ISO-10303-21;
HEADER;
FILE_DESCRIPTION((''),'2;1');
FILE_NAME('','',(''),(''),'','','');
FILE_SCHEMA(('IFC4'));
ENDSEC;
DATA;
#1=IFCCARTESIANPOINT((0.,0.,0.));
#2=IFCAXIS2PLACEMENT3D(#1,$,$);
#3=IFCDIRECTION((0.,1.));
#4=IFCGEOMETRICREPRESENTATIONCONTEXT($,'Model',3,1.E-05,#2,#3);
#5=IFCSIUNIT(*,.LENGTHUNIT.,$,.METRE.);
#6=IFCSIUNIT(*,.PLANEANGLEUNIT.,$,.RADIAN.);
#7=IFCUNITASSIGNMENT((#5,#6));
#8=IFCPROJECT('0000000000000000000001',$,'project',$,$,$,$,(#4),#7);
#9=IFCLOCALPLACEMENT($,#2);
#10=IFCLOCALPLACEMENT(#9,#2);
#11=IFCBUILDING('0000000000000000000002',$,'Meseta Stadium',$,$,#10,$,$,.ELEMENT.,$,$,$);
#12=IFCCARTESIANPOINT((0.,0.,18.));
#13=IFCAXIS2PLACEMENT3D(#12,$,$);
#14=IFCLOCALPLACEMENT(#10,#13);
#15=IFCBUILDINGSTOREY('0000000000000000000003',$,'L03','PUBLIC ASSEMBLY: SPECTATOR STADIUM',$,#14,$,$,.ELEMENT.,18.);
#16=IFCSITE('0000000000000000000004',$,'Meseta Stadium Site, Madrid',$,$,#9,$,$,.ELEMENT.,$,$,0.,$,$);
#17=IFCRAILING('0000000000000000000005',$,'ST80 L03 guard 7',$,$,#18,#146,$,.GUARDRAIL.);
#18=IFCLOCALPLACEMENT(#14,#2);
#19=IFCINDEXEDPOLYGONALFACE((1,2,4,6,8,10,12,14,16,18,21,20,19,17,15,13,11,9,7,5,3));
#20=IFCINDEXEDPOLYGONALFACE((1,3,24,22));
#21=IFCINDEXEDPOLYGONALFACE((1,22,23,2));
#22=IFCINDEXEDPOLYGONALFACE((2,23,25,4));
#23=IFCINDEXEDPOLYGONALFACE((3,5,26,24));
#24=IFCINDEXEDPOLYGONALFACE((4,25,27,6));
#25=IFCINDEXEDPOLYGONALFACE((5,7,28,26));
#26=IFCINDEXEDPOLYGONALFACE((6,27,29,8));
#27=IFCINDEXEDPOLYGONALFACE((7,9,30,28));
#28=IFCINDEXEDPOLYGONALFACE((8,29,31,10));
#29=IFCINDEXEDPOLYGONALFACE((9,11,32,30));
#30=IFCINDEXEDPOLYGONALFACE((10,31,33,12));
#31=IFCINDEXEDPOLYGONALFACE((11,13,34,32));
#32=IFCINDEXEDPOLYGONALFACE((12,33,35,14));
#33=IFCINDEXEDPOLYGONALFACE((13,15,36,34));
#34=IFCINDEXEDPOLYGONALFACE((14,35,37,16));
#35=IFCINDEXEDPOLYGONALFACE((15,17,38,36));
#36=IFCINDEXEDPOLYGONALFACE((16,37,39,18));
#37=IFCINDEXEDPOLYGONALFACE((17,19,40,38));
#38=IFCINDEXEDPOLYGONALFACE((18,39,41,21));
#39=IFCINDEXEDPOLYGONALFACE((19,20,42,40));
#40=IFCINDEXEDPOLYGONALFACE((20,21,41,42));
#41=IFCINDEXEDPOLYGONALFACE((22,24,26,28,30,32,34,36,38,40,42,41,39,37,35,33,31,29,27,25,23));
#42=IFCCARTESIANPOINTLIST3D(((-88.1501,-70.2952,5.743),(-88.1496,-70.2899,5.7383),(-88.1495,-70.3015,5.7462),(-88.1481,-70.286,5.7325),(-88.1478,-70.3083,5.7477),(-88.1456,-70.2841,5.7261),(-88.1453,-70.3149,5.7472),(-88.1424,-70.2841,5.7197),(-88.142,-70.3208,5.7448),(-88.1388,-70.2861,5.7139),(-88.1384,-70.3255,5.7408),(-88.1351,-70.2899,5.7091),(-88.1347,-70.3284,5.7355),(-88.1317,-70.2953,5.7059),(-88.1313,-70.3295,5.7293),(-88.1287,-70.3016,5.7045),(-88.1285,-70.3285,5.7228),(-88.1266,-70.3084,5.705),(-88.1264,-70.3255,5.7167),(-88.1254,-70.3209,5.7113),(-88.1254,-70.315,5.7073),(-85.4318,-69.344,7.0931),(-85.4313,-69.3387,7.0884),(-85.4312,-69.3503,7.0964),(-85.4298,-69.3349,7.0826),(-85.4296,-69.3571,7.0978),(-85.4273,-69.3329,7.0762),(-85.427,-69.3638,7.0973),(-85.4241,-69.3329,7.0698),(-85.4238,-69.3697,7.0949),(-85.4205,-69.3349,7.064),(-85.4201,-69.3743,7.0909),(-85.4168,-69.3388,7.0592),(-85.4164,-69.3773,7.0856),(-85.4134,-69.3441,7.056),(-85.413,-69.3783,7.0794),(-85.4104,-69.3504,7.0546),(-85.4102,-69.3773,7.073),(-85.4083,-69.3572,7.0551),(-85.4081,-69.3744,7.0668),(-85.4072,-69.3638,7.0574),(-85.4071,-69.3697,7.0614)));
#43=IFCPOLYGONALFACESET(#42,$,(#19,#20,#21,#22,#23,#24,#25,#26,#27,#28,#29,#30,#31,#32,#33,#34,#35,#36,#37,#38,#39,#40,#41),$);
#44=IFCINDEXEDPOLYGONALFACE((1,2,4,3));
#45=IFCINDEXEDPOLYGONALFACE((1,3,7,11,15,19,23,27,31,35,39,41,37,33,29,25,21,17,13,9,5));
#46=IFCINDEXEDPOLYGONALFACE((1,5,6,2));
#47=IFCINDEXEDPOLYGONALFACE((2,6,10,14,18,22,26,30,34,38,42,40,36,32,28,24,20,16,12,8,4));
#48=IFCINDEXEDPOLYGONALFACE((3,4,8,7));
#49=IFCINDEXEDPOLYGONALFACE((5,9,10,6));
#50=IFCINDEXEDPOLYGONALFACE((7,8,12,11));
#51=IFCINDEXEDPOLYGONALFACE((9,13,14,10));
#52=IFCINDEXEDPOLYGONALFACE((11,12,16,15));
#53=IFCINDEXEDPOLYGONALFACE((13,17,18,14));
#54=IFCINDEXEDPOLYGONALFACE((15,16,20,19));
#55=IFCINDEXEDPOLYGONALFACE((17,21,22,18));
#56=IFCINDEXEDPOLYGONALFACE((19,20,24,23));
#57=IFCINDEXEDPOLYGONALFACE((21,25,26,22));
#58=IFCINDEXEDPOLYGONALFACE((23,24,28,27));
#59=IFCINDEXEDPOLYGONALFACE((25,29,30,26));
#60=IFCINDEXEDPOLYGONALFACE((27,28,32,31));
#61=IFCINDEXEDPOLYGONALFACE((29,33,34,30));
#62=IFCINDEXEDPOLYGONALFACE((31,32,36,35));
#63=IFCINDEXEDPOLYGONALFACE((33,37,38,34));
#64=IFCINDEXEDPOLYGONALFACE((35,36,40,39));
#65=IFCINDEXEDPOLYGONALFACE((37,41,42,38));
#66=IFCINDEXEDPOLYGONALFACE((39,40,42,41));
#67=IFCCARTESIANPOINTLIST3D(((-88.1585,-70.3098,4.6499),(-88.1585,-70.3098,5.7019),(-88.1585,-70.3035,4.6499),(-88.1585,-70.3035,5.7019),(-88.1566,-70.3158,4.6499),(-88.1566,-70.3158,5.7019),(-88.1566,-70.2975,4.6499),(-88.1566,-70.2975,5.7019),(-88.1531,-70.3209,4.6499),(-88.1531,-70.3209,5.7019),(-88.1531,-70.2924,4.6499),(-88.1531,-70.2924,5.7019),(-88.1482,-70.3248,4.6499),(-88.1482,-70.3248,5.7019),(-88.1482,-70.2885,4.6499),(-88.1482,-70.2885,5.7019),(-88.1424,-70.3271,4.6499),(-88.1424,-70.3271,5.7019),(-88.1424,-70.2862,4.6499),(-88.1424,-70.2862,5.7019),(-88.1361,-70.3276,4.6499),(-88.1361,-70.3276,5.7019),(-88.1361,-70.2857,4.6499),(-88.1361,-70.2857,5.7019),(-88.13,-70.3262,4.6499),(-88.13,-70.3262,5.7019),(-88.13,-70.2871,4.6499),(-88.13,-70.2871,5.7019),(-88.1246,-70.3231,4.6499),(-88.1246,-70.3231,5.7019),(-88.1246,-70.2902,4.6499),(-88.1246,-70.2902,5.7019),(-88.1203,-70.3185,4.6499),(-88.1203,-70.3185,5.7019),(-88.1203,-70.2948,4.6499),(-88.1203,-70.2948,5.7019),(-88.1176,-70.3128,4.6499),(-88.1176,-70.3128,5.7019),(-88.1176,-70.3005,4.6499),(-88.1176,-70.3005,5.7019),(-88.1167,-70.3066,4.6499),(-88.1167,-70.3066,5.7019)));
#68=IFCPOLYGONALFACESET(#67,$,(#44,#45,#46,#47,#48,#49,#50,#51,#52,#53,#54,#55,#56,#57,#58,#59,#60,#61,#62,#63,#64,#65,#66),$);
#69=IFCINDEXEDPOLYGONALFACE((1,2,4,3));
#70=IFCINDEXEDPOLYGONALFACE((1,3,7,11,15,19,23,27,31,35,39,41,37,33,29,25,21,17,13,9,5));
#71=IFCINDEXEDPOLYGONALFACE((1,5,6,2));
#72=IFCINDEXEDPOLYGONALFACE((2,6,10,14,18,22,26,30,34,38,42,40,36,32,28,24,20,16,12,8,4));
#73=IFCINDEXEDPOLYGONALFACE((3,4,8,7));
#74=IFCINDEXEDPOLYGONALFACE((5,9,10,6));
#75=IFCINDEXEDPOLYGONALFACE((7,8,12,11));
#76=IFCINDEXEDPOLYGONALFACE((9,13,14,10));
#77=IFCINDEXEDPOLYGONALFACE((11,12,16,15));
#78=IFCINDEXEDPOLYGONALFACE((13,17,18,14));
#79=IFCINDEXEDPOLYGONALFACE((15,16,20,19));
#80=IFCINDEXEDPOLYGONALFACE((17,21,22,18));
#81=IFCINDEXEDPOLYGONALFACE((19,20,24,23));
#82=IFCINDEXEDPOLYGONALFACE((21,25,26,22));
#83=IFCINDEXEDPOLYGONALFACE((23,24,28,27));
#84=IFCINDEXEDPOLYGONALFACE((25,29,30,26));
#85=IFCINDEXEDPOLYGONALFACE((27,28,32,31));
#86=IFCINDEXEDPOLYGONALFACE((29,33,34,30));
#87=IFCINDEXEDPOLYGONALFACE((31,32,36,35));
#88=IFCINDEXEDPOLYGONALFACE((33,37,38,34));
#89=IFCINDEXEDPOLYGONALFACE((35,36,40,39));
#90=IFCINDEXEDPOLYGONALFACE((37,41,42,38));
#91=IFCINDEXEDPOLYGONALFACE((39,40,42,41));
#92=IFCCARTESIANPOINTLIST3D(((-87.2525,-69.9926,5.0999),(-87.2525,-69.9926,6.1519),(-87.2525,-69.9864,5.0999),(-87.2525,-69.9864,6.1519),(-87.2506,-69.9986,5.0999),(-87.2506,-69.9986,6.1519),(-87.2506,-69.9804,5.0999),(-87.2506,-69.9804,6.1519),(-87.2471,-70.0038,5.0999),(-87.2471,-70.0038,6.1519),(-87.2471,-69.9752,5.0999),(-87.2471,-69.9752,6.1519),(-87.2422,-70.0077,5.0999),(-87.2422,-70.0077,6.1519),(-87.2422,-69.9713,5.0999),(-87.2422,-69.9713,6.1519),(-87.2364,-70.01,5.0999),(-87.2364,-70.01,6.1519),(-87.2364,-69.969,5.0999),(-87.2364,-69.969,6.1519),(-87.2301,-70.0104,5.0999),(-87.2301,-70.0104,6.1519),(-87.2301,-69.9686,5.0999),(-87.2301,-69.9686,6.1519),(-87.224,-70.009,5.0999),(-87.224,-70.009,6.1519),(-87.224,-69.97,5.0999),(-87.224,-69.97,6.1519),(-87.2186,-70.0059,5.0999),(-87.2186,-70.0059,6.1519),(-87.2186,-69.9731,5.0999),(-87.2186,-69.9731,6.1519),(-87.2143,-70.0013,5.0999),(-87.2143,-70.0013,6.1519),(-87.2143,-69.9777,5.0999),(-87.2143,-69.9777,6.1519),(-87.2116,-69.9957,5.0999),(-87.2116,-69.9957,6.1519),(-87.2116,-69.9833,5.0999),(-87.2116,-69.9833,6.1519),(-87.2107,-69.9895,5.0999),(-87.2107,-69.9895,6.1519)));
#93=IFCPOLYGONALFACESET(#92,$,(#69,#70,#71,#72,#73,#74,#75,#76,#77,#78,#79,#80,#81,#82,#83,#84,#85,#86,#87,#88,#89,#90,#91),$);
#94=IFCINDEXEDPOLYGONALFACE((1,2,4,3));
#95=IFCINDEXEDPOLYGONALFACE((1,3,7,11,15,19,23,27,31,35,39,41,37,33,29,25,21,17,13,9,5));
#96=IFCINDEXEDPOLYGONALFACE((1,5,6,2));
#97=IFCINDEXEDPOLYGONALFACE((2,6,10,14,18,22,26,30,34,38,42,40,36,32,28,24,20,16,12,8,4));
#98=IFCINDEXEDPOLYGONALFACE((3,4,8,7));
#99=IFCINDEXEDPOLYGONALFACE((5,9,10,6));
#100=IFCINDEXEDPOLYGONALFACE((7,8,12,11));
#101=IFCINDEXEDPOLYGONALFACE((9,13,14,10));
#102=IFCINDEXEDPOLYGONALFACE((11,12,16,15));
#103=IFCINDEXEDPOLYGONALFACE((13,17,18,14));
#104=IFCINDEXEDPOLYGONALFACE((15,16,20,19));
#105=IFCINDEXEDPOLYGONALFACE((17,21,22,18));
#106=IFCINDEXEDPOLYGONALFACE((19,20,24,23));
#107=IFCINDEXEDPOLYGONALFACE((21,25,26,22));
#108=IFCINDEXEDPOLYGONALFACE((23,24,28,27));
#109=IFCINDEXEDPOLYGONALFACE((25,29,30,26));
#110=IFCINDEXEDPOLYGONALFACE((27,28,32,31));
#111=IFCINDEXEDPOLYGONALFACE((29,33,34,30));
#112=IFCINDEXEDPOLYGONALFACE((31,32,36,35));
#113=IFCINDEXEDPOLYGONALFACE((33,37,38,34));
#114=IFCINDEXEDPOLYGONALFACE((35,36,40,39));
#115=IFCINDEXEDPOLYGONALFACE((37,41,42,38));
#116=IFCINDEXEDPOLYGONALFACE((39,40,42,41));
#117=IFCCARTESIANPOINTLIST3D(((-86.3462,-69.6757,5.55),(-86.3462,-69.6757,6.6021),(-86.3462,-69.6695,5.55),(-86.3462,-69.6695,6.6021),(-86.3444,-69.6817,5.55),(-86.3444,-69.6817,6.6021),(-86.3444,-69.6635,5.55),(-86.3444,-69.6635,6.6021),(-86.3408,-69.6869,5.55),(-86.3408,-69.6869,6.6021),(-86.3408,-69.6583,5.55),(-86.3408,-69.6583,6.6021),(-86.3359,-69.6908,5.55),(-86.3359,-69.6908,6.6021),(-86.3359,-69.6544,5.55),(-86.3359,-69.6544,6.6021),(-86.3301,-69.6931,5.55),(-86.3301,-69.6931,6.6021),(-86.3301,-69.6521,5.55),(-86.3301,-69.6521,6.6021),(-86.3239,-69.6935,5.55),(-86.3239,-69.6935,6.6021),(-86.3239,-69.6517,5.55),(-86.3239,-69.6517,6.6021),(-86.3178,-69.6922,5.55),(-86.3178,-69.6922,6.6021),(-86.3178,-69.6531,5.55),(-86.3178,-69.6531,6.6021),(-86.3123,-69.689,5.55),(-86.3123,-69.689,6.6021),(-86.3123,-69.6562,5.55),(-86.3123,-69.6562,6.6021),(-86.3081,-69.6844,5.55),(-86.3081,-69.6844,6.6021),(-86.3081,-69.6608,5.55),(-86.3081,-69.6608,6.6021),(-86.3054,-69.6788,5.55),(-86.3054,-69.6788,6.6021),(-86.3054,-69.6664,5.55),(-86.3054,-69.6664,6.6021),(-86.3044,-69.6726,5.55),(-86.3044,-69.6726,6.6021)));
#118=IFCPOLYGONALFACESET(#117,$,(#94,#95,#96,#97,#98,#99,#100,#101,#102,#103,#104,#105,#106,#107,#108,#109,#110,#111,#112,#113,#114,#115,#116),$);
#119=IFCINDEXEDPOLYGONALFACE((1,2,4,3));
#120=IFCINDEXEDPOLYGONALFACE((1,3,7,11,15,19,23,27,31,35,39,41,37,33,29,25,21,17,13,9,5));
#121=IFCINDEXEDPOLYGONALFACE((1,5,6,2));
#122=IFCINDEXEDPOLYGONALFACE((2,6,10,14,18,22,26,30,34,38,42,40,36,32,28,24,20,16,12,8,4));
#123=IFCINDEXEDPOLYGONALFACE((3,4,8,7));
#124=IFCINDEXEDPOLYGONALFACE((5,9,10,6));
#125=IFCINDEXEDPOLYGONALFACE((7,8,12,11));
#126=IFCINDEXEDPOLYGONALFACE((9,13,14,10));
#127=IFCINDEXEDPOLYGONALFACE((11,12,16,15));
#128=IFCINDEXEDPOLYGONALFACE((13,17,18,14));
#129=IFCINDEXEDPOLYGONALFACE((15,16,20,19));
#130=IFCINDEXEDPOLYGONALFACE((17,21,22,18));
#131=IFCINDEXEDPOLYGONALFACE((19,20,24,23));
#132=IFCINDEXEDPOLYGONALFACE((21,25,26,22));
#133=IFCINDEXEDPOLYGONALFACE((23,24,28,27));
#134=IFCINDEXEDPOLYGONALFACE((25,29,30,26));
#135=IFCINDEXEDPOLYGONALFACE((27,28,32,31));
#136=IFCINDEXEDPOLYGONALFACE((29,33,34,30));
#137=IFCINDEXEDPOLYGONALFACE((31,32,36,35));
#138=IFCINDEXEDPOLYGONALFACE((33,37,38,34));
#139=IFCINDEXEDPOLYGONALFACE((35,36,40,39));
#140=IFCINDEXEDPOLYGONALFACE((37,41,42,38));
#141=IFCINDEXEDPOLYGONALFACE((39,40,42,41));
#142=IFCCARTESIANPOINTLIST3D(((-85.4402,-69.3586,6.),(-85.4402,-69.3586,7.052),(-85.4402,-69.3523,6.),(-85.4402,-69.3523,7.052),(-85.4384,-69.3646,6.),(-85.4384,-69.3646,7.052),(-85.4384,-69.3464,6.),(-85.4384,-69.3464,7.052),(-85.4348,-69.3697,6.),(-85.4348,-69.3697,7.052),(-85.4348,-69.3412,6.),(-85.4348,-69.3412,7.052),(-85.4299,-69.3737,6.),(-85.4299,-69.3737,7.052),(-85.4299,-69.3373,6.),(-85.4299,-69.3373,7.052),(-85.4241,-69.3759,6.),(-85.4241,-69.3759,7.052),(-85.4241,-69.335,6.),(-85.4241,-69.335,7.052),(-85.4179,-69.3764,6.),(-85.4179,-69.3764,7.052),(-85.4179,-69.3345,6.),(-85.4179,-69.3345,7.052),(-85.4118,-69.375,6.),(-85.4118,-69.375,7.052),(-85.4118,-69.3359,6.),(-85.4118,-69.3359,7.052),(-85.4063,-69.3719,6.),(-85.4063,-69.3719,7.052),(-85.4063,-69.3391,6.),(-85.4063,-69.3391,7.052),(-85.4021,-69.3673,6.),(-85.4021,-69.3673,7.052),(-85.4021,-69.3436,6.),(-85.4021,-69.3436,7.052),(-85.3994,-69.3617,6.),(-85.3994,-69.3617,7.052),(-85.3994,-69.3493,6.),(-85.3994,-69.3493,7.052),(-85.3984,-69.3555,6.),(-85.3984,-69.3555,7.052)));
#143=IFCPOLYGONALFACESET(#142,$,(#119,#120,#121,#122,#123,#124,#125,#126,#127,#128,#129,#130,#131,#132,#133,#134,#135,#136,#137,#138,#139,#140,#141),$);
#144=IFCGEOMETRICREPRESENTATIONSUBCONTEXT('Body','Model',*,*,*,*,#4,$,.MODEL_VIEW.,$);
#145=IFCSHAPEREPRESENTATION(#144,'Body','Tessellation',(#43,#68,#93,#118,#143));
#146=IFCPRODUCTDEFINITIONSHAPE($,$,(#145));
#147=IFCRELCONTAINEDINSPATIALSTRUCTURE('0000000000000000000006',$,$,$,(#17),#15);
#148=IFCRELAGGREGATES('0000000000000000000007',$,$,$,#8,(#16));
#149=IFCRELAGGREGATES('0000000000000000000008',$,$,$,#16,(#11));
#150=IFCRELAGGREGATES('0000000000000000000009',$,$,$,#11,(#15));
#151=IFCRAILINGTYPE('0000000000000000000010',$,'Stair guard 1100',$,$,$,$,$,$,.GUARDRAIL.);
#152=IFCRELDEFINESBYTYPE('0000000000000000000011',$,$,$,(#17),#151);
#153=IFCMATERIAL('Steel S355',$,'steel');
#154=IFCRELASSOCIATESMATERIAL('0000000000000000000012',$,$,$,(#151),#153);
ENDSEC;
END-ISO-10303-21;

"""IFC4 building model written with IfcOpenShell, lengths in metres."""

from ifc_helpers import new_model, si_unit, direction, frame, origin, origin_2d, place, context, subcontext, project, spatial, circle, extrude, material, type_object, element, save


model = new_model("IFC4")

# Units and contexts
model_context = context("Model", 3, precision=1e-05, world=origin(), true_north=direction((0.0, 1.0)))
body_context = subcontext(model_context, "Body", "Model", "MODEL_VIEW")
ifc_project = project(units=[si_unit("LENGTHUNIT", "METRE"), si_unit("PLANEANGLEUNIT", "RADIAN")], contexts=[model_context])

# Site, building, storey
site_placement = place(None, origin())
site = spatial("IfcSite", under=ifc_project, at=site_placement, Name="Meseta Stadium Site, Madrid", CompositionType="ELEMENT", RefElevation=0.0)
building_placement = place(site_placement, origin())
building = spatial("IfcBuilding", under=site, at=building_placement, Name="Meseta Stadium", CompositionType="ELEMENT")
storey_placement = place(building_placement, frame((0.0, 0.0, 18.0)))
storey = spatial("IfcBuildingStorey", under=building, at=storey_placement, Name="L03", Description="PUBLIC ASSEMBLY: SPECTATOR STADIUM", CompositionType="ELEMENT", Elevation=18.0)

# Railing
ifc_material_1 = material(Name="Steel S355", Category="steel")
railing_type_1 = type_object("IfcRailingType", Name="Stair guard 1100", PredefinedType="GUARDRAIL", material=ifc_material_1)
railing_1_placement = place(storey_placement, frame((-88.1377, -70.3066, 4.6499)))
element("IfcRailing", 1, at=railing_1_placement, inside=storey, type_object=railing_type_1, Name="ST80 L03 guard 7", PredefinedType="GUARDRAIL", context=body_context, shape_type="SweptSolid", body=[
    extrude(circle(Radius=0.0239, at=origin_2d()), frame((0.0, 0.0, 1.0762), z_axis=(0.854629, 0.299051, 0.424474), x_axis=(-0.330282, 0.943882, 0.0)), (0.0, 0.0, 1.0), 3.1807),
    extrude(circle(Radius=0.021, at=origin_2d()), origin(), (0.0, 0.0, 1.0), 1.052),
    extrude(circle(Radius=0.021, at=origin_2d()), frame((0.906, 0.3171, 0.45)), (0.0, 0.0, 1.0), 1.052),
    extrude(circle(Radius=0.021, at=origin_2d()), frame((1.8123, 0.634, 0.9001)), (0.0, 0.0, 1.0), 1.052),
    extrude(circle(Radius=0.021, at=origin_2d()), frame((2.7183, 0.9512, 1.3501)), (0.0, 0.0, 1.0), 1.052),
])

save(model, "model.ifc")
